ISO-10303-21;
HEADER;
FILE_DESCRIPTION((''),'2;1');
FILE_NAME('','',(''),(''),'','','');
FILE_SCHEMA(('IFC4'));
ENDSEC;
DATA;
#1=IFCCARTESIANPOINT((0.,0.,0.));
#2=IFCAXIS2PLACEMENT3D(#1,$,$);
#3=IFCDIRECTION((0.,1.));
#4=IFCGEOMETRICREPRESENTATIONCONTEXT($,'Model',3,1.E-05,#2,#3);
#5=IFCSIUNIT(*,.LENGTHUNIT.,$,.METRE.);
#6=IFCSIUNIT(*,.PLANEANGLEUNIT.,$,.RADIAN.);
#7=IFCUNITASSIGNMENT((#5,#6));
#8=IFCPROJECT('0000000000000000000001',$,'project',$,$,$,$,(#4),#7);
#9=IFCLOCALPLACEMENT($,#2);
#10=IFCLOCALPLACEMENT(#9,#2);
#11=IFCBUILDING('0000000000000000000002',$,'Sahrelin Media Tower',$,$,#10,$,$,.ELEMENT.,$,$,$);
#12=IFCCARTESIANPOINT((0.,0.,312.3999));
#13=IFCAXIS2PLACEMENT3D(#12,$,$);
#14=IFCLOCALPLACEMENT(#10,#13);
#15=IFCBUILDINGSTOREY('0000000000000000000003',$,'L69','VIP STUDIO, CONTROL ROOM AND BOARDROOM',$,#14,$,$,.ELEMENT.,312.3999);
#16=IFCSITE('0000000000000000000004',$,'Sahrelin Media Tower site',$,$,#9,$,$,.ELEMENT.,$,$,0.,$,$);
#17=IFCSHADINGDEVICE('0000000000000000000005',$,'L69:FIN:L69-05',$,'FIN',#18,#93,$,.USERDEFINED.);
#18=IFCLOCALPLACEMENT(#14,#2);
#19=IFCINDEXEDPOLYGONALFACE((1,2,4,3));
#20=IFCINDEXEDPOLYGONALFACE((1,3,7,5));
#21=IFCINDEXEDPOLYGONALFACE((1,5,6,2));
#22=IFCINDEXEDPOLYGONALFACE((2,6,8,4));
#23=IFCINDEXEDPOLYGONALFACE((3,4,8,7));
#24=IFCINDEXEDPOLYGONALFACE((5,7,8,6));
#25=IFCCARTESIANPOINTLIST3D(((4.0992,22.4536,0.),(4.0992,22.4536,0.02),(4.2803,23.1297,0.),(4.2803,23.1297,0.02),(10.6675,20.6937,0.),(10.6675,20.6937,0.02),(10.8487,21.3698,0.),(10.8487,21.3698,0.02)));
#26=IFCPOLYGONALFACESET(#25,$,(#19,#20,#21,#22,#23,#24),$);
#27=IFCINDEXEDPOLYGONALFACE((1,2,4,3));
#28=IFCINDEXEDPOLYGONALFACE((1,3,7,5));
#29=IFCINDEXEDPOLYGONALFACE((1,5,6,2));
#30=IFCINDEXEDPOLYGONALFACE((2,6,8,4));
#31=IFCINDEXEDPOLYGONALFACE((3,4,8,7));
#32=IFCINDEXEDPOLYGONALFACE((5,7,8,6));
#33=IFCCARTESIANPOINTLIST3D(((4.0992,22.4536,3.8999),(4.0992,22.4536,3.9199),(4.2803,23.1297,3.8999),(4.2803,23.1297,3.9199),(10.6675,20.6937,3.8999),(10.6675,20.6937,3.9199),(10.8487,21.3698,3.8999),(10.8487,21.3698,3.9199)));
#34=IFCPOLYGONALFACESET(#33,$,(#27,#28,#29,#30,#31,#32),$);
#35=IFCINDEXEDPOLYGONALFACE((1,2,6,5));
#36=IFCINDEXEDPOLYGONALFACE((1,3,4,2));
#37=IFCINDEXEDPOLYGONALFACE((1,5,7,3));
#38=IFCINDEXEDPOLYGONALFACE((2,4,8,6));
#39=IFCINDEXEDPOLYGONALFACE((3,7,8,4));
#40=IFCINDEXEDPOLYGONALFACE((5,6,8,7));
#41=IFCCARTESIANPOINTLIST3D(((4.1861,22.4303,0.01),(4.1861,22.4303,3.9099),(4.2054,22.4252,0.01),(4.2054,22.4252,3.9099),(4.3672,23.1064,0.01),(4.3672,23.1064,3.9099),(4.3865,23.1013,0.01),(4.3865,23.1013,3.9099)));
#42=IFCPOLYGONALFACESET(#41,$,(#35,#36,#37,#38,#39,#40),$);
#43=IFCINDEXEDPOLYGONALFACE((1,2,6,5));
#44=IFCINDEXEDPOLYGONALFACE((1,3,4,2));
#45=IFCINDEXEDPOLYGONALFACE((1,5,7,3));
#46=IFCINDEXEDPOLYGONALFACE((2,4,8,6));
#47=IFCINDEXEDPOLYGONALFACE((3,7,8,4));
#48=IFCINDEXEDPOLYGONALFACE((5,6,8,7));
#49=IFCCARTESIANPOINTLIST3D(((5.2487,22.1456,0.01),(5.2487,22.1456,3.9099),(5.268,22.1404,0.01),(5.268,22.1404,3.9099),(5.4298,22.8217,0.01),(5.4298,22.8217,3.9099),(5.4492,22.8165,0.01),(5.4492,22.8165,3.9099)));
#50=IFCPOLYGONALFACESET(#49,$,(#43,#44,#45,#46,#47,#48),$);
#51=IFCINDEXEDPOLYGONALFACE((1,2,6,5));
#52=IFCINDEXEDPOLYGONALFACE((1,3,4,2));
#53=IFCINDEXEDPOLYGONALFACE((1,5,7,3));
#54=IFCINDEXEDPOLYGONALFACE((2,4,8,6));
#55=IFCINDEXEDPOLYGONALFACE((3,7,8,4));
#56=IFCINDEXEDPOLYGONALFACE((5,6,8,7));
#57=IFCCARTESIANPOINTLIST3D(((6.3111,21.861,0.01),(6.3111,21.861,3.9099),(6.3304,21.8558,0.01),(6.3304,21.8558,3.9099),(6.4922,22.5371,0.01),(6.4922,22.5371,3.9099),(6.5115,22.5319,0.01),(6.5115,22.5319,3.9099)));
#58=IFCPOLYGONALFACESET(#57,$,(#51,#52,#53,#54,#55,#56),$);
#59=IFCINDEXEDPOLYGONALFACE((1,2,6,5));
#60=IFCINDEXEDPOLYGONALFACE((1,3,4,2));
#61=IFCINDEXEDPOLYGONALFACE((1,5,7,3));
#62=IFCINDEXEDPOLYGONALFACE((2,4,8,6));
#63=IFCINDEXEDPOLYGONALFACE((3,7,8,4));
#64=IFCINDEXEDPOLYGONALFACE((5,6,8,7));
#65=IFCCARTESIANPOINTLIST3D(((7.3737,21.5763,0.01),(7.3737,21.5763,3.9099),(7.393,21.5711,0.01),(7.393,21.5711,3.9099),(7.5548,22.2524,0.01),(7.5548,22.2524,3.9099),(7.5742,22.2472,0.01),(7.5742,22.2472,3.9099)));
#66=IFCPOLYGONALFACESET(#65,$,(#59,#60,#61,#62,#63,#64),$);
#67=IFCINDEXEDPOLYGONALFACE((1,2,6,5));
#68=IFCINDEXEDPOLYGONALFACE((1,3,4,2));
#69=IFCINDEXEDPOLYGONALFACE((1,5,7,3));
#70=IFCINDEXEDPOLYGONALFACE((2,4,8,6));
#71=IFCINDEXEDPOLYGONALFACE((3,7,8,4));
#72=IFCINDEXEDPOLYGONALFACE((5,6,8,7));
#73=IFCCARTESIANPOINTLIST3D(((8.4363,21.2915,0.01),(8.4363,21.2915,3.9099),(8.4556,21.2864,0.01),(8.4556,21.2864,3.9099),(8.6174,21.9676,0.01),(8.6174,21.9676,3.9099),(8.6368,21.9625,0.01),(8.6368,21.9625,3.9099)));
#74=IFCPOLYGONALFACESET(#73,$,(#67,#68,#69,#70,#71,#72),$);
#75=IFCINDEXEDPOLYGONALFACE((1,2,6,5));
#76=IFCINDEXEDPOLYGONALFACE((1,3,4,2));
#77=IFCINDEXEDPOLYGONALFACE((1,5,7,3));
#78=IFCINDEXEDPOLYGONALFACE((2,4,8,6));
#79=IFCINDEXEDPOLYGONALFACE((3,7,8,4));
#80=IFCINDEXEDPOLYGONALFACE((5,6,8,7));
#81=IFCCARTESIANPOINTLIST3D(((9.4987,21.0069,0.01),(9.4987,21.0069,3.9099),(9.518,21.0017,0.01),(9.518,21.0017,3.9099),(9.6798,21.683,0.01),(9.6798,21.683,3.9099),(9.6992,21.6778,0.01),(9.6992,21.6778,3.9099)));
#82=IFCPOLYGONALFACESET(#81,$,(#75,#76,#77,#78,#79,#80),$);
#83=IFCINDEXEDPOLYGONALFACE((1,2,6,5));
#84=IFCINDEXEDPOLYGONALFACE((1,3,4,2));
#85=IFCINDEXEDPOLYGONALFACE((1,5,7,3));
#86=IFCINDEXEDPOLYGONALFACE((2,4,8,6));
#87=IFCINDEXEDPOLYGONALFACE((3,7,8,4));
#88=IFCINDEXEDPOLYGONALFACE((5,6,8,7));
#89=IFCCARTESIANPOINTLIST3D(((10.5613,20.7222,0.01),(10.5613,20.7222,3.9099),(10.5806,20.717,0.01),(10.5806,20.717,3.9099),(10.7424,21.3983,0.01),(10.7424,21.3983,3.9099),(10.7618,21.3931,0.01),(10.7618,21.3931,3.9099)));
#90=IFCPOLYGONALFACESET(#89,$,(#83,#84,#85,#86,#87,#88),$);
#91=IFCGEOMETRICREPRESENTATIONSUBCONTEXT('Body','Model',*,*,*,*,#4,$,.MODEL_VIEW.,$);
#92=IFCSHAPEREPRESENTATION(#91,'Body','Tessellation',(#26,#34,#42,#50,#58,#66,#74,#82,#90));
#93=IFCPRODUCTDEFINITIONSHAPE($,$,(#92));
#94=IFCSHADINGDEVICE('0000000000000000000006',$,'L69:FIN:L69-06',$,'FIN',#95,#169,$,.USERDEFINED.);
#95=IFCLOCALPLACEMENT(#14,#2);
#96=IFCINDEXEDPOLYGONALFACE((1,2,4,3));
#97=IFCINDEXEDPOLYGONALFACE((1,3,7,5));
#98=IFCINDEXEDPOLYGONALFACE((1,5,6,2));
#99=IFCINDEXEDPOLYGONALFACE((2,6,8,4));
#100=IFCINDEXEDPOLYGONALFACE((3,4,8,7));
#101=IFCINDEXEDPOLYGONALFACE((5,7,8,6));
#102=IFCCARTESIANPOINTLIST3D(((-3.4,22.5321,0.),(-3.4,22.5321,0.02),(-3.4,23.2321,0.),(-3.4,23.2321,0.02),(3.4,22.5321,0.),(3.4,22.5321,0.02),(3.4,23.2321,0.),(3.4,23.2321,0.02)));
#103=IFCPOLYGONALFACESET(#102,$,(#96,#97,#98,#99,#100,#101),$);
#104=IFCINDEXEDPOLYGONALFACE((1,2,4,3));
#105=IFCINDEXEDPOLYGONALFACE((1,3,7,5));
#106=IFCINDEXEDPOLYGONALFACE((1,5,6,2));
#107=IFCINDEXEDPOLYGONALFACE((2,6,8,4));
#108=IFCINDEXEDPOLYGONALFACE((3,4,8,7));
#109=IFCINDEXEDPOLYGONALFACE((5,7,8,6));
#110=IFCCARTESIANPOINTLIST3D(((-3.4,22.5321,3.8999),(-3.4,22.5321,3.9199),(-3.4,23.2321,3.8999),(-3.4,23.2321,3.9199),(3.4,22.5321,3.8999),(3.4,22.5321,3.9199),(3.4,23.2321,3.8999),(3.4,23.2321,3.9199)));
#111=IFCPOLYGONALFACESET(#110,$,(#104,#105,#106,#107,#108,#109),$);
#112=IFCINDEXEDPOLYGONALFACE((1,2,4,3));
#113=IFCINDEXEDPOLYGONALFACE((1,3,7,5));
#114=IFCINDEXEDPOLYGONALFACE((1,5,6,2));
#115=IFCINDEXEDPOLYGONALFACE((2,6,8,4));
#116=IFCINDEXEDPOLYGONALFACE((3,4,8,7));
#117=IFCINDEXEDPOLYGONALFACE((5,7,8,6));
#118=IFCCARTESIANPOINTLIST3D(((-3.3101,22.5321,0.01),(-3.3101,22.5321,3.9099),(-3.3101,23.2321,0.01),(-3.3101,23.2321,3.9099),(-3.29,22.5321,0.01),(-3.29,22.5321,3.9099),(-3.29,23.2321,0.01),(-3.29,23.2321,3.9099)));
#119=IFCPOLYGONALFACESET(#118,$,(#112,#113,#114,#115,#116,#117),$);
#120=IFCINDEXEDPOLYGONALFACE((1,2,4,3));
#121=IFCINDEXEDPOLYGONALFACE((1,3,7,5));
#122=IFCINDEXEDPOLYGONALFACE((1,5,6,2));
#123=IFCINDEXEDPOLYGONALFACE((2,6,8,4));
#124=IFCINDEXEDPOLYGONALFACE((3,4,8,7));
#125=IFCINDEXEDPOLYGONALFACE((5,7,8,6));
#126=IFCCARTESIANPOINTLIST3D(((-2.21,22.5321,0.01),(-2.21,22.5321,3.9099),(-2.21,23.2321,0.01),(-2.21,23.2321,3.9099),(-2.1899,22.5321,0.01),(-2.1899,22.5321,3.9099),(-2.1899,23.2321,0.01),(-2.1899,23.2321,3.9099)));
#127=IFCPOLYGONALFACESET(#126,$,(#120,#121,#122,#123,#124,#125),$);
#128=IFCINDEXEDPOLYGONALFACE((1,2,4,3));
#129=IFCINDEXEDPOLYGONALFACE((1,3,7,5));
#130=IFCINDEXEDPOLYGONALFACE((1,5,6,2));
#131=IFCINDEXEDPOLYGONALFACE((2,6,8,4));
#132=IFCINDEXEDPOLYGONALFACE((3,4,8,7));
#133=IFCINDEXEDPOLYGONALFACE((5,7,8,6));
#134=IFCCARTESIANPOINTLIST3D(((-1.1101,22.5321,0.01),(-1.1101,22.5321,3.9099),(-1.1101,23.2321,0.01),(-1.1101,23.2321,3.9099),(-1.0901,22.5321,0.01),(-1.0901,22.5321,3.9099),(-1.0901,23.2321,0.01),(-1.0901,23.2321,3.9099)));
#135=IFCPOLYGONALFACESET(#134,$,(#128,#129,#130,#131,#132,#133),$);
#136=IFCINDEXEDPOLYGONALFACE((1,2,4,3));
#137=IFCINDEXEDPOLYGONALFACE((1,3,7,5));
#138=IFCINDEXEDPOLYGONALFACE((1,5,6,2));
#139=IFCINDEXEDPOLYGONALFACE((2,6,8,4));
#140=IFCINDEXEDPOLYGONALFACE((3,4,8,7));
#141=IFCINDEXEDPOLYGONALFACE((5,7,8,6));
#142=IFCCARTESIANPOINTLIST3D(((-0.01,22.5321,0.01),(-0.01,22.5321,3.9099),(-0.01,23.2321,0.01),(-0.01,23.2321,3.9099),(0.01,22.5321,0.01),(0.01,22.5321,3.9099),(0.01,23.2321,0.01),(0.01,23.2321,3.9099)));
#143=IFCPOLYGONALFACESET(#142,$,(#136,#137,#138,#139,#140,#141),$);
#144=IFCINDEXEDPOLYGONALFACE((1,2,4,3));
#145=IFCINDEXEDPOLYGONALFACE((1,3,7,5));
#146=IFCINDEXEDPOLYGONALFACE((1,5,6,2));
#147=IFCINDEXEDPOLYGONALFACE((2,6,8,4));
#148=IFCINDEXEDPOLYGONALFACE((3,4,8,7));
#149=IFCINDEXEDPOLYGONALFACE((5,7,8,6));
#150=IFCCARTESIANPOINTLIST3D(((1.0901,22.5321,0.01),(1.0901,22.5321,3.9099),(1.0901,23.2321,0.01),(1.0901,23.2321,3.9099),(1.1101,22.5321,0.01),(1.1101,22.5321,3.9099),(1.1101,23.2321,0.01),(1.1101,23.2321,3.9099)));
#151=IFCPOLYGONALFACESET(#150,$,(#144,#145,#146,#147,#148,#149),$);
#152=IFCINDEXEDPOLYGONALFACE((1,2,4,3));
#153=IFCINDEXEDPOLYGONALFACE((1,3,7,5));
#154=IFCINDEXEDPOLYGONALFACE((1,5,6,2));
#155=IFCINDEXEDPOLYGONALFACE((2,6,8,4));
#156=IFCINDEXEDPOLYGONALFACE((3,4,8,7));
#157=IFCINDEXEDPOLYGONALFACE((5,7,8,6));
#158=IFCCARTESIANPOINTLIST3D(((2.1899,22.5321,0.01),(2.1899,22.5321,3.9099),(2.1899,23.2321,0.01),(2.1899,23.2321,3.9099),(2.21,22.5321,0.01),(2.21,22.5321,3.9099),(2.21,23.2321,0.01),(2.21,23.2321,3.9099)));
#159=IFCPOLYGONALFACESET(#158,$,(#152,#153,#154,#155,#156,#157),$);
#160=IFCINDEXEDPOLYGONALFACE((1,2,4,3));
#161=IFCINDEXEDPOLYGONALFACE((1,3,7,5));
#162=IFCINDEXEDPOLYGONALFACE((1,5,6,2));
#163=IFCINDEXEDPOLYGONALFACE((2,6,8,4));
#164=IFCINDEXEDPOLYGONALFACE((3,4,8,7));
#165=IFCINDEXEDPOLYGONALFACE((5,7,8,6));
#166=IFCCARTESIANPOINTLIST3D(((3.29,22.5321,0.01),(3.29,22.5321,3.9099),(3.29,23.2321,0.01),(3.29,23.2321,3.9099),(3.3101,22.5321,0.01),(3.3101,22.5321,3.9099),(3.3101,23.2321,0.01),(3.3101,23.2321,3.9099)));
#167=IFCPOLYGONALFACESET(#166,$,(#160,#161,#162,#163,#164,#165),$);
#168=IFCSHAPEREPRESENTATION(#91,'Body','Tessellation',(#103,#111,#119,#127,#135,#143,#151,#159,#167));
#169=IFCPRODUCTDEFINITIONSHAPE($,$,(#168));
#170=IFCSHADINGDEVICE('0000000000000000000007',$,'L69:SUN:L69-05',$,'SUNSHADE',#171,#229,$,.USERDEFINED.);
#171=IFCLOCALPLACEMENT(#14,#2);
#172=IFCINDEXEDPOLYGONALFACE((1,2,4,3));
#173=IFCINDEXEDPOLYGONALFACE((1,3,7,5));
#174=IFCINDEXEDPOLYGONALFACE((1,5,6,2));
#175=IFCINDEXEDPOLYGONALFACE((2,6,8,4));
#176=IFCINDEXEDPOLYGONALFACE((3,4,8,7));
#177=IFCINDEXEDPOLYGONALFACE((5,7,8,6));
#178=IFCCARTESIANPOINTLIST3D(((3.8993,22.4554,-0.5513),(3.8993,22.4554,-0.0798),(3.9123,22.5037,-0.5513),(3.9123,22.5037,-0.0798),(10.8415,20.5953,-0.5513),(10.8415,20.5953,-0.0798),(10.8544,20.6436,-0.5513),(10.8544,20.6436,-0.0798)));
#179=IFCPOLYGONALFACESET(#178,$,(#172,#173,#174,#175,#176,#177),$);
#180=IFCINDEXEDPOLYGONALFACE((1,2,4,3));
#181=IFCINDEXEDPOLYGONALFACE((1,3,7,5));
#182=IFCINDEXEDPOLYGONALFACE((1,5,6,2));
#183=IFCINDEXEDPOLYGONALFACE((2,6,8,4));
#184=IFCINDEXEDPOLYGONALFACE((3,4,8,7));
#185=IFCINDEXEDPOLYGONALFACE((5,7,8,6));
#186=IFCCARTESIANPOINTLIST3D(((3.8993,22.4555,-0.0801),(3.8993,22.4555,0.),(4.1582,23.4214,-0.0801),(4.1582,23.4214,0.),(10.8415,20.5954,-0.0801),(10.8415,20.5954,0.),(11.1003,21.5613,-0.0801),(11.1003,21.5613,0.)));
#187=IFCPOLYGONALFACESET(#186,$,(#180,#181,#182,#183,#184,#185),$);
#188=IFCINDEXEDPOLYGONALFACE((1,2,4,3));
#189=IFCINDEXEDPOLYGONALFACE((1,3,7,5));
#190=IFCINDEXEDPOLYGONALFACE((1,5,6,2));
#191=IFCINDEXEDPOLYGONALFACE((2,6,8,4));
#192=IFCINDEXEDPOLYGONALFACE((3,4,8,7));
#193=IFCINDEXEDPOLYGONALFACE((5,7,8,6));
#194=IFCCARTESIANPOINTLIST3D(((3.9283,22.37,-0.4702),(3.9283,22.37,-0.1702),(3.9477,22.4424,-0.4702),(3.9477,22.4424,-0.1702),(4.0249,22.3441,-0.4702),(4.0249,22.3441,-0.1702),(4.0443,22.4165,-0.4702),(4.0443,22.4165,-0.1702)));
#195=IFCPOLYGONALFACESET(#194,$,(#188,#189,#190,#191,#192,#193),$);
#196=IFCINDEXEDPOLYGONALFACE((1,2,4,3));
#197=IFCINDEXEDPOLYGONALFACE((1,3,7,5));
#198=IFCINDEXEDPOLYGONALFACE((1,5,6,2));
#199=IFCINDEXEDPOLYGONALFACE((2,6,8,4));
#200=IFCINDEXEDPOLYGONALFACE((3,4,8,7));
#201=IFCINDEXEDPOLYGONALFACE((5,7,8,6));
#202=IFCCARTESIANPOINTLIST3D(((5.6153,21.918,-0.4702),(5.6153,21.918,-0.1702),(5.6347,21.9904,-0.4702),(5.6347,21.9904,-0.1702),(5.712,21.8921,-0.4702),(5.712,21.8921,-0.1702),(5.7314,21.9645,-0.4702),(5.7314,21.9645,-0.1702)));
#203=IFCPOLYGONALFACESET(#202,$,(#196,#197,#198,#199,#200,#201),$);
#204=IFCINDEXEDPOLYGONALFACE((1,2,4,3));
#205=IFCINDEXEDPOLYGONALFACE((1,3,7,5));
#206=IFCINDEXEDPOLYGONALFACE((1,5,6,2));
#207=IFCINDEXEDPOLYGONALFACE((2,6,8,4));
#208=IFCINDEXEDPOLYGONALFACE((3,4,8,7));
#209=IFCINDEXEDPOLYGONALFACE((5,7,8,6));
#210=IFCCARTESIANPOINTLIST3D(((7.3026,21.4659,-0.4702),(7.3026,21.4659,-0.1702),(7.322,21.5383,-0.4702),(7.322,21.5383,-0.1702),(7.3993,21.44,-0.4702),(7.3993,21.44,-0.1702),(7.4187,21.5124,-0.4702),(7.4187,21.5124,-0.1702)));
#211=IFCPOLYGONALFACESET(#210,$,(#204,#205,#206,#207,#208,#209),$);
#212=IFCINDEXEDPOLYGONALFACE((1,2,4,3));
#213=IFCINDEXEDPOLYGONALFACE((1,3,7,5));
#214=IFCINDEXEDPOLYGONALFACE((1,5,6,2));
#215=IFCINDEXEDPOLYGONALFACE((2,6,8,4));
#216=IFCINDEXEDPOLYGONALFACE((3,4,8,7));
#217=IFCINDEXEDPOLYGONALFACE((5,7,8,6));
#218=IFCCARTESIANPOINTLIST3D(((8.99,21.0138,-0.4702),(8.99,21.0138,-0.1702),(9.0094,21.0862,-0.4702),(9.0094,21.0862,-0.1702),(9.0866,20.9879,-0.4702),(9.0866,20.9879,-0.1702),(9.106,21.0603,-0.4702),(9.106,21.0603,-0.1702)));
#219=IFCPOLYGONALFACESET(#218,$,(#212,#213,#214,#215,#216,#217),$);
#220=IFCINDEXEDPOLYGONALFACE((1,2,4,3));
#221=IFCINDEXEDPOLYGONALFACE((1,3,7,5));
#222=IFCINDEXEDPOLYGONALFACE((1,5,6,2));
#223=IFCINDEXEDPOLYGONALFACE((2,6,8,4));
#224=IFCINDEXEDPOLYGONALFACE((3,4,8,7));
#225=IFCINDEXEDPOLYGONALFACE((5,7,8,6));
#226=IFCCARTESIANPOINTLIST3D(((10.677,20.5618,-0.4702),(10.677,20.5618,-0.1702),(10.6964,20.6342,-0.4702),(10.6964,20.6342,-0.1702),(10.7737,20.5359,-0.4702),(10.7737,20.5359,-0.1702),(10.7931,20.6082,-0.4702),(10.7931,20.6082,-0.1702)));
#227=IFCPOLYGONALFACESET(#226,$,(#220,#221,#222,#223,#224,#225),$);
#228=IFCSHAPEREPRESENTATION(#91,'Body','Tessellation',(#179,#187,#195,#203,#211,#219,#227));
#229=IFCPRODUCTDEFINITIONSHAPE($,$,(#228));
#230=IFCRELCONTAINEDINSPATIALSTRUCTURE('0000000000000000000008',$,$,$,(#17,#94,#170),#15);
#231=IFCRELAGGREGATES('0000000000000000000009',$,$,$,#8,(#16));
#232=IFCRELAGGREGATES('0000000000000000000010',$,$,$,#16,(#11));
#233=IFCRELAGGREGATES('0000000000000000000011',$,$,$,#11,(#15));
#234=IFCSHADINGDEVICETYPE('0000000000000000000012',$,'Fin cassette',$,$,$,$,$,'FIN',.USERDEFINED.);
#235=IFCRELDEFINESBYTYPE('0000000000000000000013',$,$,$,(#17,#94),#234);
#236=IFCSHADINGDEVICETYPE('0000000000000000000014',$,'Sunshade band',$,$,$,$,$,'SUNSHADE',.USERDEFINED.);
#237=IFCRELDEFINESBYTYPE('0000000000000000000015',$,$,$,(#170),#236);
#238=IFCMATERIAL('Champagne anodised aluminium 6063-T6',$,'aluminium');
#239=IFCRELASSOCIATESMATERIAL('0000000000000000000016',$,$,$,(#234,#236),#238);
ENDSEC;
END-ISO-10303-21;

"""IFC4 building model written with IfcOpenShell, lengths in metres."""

from ifc_helpers import new_model, si_unit, direction, frame, origin, origin_2d, place, context, subcontext, project, spatial, rectangle, extrude, material, type_object, element, save


model = new_model("IFC4")

# Units and contexts
model_context = context("Model", 3, precision=1e-05, world=origin(), true_north=direction((0.0, 1.0)))
body_context = subcontext(model_context, "Body", "Model", "MODEL_VIEW")
ifc_project = project(units=[si_unit("LENGTHUNIT", "METRE"), si_unit("PLANEANGLEUNIT", "RADIAN")], contexts=[model_context])

# Site, building, storey
site_placement = place(None, origin())
site = spatial("IfcSite", under=ifc_project, at=site_placement, Name="Sahrelin Media Tower site", CompositionType="ELEMENT", RefElevation=0.0)
building_placement = place(site_placement, origin())
building = spatial("IfcBuilding", under=site, at=building_placement, Name="Sahrelin Media Tower", CompositionType="ELEMENT")
storey_placement = place(building_placement, frame((0.0, 0.0, 312.3999)))
storey = spatial("IfcBuildingStorey", under=building, at=storey_placement, Name="L69", Description="VIP STUDIO, CONTROL ROOM AND BOARDROOM", CompositionType="ELEMENT", Elevation=312.3999)

# Shared definitions
ifc_material_1 = material(Name="Champagne anodised aluminium 6063-T6", Category="aluminium")
placement_1 = place(storey_placement, frame((0.0, 22.4622, 0.0), z_axis=(0.0, 0.0, 1.0), x_axis=(1.0, 0.0, 0.0)))

# Shading devices
shading_device_type_1 = type_object("IfcShadingDeviceType", Name="Fin cassette", ElementType="FIN", PredefinedType="USERDEFINED", material=ifc_material_1)
placement_2 = place(storey_placement, frame((7.3652, 21.5061, 0.0), z_axis=(0.0, 0.0, 1.0), x_axis=(0.965929, -0.258808, 0.0)))
element("IfcShadingDevice", 1, at=placement_2, inside=storey, type_object=shading_device_type_1, Name="L69:FIN:L69-05", ObjectType="FIN", PredefinedType="USERDEFINED", context=body_context, shape_type="SweptSolid", body=[
    extrude(rectangle(XDim=6.8, YDim=0.7, at=origin_2d()), frame((0.0, 0.4199, 0.0)), (0.0, 0.0, 1.0), 0.02),
    extrude(rectangle(XDim=6.8, YDim=0.7, at=origin_2d()), frame((0.0, 0.4199, 3.8999)), (0.0, 0.0, 1.0), 0.02),
    extrude(rectangle(XDim=0.02, YDim=0.7, at=origin_2d()), frame((-3.3, 0.4199, 0.01), z_axis=(0.0, 0.0, 1.0), x_axis=(1.0, 0.0, 0.0)), (0.0, 0.0, 1.0), 3.8999),
    extrude(rectangle(XDim=0.02, YDim=0.7, at=origin_2d()), frame((-2.2, 0.4199, 0.01), z_axis=(0.0, 0.0, 1.0), x_axis=(1.0, 0.0, 0.0)), (0.0, 0.0, 1.0), 3.8999),
    extrude(rectangle(XDim=0.02, YDim=0.7, at=origin_2d()), frame((-1.1001, 0.4199, 0.01), z_axis=(0.0, 0.0, 1.0), x_axis=(1.0, 0.0, 0.0)), (0.0, 0.0, 1.0), 3.8999),
    extrude(rectangle(XDim=0.02, YDim=0.7, at=origin_2d()), frame((0.0, 0.4199, 0.01), z_axis=(0.0, 0.0, 1.0), x_axis=(1.0, 0.0, 0.0)), (0.0, 0.0, 1.0), 3.8999),
    extrude(rectangle(XDim=0.02, YDim=0.7, at=origin_2d()), frame((1.1001, 0.4199, 0.01), z_axis=(0.0, 0.0, 1.0), x_axis=(1.0, 0.0, 0.0)), (0.0, 0.0, 1.0), 3.8999),
    extrude(rectangle(XDim=0.02, YDim=0.7, at=origin_2d()), frame((2.2, 0.4199, 0.01), z_axis=(0.0, 0.0, 1.0), x_axis=(1.0, 0.0, 0.0)), (0.0, 0.0, 1.0), 3.8999),
    extrude(rectangle(XDim=0.02, YDim=0.7, at=origin_2d()), frame((3.3, 0.4199, 0.01), z_axis=(0.0, 0.0, 1.0), x_axis=(1.0, 0.0, 0.0)), (0.0, 0.0, 1.0), 3.8999),
])
element("IfcShadingDevice", 2, at=placement_1, inside=storey, type_object=shading_device_type_1, Name="L69:FIN:L69-06", ObjectType="FIN", PredefinedType="USERDEFINED", context=body_context, shape_type="SweptSolid", body=[
    extrude(rectangle(XDim=6.8, YDim=0.7, at=origin_2d()), frame((0.0, 0.4199, 0.0)), (0.0, 0.0, 1.0), 0.02),
    extrude(rectangle(XDim=6.8, YDim=0.7, at=origin_2d()), frame((0.0, 0.4199, 3.8999)), (0.0, 0.0, 1.0), 0.02),
    extrude(rectangle(XDim=0.02, YDim=0.7, at=origin_2d()), frame((-3.3, 0.4199, 0.01), z_axis=(0.0, 0.0, 1.0), x_axis=(1.0, 0.0, 0.0)), (0.0, 0.0, 1.0), 3.8999),
    extrude(rectangle(XDim=0.02, YDim=0.7, at=origin_2d()), frame((-2.2, 0.4199, 0.01), z_axis=(0.0, 0.0, 1.0), x_axis=(1.0, 0.0, 0.0)), (0.0, 0.0, 1.0), 3.8999),
    extrude(rectangle(XDim=0.02, YDim=0.7, at=origin_2d()), frame((-1.1001, 0.4199, 0.01), z_axis=(0.0, 0.0, 1.0), x_axis=(1.0, 0.0, 0.0)), (0.0, 0.0, 1.0), 3.8999),
    extrude(rectangle(XDim=0.02, YDim=0.7, at=origin_2d()), frame((0.0, 0.4199, 0.01), z_axis=(0.0, 0.0, 1.0), x_axis=(1.0, 0.0, 0.0)), (0.0, 0.0, 1.0), 3.8999),
    extrude(rectangle(XDim=0.02, YDim=0.7, at=origin_2d()), frame((1.1001, 0.4199, 0.01), z_axis=(0.0, 0.0, 1.0), x_axis=(1.0, 0.0, 0.0)), (0.0, 0.0, 1.0), 3.8999),
    extrude(rectangle(XDim=0.02, YDim=0.7, at=origin_2d()), frame((2.2, 0.4199, 0.01), z_axis=(0.0, 0.0, 1.0), x_axis=(1.0, 0.0, 0.0)), (0.0, 0.0, 1.0), 3.8999),
    extrude(rectangle(XDim=0.02, YDim=0.7, at=origin_2d()), frame((3.3, 0.4199, 0.01), z_axis=(0.0, 0.0, 1.0), x_axis=(1.0, 0.0, 0.0)), (0.0, 0.0, 1.0), 3.8999),
])
shading_device_type_2 = type_object("IfcShadingDeviceType", Name="Sunshade band", ElementType="SUNSHADE", PredefinedType="USERDEFINED", material=ifc_material_1)
element("IfcShadingDevice", 3, at=placement_2, inside=storey, type_object=shading_device_type_2, Name="L69:SUN:L69-05", ObjectType="SUNSHADE", PredefinedType="USERDEFINED", context=body_context, shape_type="SweptSolid", body=[
    extrude(rectangle(XDim=7.187, YDim=0.05, at=origin_2d()), frame((0.0, 0.0449, -0.5513)), (0.0, 0.0, 1.0), 0.4714),
    extrude(rectangle(XDim=7.187, YDim=1.0, at=origin_2d()), frame((0.0, 0.52, -0.0801)), (0.0, 0.0, 1.0), 0.0801),
    extrude(rectangle(XDim=0.1001, YDim=0.075, at=origin_2d()), frame((-3.4934, -0.0176, -0.4702)), (0.0, 0.0, 1.0), 0.3),
    extrude(rectangle(XDim=0.1001, YDim=0.075, at=origin_2d()), frame((-1.7468, -0.0176, -0.4702)), (0.0, 0.0, 1.0), 0.3),
    extrude(rectangle(XDim=0.1001, YDim=0.075, at=origin_2d()), frame((0.0, -0.0176, -0.4702)), (0.0, 0.0, 1.0), 0.3),
    extrude(rectangle(XDim=0.1001, YDim=0.075, at=origin_2d()), frame((1.7468, -0.0176, -0.4702)), (0.0, 0.0, 1.0), 0.3),
    extrude(rectangle(XDim=0.1001, YDim=0.075, at=origin_2d()), frame((3.4934, -0.0176, -0.4702)), (0.0, 0.0, 1.0), 0.3),
])

save(model, "model.ifc")
